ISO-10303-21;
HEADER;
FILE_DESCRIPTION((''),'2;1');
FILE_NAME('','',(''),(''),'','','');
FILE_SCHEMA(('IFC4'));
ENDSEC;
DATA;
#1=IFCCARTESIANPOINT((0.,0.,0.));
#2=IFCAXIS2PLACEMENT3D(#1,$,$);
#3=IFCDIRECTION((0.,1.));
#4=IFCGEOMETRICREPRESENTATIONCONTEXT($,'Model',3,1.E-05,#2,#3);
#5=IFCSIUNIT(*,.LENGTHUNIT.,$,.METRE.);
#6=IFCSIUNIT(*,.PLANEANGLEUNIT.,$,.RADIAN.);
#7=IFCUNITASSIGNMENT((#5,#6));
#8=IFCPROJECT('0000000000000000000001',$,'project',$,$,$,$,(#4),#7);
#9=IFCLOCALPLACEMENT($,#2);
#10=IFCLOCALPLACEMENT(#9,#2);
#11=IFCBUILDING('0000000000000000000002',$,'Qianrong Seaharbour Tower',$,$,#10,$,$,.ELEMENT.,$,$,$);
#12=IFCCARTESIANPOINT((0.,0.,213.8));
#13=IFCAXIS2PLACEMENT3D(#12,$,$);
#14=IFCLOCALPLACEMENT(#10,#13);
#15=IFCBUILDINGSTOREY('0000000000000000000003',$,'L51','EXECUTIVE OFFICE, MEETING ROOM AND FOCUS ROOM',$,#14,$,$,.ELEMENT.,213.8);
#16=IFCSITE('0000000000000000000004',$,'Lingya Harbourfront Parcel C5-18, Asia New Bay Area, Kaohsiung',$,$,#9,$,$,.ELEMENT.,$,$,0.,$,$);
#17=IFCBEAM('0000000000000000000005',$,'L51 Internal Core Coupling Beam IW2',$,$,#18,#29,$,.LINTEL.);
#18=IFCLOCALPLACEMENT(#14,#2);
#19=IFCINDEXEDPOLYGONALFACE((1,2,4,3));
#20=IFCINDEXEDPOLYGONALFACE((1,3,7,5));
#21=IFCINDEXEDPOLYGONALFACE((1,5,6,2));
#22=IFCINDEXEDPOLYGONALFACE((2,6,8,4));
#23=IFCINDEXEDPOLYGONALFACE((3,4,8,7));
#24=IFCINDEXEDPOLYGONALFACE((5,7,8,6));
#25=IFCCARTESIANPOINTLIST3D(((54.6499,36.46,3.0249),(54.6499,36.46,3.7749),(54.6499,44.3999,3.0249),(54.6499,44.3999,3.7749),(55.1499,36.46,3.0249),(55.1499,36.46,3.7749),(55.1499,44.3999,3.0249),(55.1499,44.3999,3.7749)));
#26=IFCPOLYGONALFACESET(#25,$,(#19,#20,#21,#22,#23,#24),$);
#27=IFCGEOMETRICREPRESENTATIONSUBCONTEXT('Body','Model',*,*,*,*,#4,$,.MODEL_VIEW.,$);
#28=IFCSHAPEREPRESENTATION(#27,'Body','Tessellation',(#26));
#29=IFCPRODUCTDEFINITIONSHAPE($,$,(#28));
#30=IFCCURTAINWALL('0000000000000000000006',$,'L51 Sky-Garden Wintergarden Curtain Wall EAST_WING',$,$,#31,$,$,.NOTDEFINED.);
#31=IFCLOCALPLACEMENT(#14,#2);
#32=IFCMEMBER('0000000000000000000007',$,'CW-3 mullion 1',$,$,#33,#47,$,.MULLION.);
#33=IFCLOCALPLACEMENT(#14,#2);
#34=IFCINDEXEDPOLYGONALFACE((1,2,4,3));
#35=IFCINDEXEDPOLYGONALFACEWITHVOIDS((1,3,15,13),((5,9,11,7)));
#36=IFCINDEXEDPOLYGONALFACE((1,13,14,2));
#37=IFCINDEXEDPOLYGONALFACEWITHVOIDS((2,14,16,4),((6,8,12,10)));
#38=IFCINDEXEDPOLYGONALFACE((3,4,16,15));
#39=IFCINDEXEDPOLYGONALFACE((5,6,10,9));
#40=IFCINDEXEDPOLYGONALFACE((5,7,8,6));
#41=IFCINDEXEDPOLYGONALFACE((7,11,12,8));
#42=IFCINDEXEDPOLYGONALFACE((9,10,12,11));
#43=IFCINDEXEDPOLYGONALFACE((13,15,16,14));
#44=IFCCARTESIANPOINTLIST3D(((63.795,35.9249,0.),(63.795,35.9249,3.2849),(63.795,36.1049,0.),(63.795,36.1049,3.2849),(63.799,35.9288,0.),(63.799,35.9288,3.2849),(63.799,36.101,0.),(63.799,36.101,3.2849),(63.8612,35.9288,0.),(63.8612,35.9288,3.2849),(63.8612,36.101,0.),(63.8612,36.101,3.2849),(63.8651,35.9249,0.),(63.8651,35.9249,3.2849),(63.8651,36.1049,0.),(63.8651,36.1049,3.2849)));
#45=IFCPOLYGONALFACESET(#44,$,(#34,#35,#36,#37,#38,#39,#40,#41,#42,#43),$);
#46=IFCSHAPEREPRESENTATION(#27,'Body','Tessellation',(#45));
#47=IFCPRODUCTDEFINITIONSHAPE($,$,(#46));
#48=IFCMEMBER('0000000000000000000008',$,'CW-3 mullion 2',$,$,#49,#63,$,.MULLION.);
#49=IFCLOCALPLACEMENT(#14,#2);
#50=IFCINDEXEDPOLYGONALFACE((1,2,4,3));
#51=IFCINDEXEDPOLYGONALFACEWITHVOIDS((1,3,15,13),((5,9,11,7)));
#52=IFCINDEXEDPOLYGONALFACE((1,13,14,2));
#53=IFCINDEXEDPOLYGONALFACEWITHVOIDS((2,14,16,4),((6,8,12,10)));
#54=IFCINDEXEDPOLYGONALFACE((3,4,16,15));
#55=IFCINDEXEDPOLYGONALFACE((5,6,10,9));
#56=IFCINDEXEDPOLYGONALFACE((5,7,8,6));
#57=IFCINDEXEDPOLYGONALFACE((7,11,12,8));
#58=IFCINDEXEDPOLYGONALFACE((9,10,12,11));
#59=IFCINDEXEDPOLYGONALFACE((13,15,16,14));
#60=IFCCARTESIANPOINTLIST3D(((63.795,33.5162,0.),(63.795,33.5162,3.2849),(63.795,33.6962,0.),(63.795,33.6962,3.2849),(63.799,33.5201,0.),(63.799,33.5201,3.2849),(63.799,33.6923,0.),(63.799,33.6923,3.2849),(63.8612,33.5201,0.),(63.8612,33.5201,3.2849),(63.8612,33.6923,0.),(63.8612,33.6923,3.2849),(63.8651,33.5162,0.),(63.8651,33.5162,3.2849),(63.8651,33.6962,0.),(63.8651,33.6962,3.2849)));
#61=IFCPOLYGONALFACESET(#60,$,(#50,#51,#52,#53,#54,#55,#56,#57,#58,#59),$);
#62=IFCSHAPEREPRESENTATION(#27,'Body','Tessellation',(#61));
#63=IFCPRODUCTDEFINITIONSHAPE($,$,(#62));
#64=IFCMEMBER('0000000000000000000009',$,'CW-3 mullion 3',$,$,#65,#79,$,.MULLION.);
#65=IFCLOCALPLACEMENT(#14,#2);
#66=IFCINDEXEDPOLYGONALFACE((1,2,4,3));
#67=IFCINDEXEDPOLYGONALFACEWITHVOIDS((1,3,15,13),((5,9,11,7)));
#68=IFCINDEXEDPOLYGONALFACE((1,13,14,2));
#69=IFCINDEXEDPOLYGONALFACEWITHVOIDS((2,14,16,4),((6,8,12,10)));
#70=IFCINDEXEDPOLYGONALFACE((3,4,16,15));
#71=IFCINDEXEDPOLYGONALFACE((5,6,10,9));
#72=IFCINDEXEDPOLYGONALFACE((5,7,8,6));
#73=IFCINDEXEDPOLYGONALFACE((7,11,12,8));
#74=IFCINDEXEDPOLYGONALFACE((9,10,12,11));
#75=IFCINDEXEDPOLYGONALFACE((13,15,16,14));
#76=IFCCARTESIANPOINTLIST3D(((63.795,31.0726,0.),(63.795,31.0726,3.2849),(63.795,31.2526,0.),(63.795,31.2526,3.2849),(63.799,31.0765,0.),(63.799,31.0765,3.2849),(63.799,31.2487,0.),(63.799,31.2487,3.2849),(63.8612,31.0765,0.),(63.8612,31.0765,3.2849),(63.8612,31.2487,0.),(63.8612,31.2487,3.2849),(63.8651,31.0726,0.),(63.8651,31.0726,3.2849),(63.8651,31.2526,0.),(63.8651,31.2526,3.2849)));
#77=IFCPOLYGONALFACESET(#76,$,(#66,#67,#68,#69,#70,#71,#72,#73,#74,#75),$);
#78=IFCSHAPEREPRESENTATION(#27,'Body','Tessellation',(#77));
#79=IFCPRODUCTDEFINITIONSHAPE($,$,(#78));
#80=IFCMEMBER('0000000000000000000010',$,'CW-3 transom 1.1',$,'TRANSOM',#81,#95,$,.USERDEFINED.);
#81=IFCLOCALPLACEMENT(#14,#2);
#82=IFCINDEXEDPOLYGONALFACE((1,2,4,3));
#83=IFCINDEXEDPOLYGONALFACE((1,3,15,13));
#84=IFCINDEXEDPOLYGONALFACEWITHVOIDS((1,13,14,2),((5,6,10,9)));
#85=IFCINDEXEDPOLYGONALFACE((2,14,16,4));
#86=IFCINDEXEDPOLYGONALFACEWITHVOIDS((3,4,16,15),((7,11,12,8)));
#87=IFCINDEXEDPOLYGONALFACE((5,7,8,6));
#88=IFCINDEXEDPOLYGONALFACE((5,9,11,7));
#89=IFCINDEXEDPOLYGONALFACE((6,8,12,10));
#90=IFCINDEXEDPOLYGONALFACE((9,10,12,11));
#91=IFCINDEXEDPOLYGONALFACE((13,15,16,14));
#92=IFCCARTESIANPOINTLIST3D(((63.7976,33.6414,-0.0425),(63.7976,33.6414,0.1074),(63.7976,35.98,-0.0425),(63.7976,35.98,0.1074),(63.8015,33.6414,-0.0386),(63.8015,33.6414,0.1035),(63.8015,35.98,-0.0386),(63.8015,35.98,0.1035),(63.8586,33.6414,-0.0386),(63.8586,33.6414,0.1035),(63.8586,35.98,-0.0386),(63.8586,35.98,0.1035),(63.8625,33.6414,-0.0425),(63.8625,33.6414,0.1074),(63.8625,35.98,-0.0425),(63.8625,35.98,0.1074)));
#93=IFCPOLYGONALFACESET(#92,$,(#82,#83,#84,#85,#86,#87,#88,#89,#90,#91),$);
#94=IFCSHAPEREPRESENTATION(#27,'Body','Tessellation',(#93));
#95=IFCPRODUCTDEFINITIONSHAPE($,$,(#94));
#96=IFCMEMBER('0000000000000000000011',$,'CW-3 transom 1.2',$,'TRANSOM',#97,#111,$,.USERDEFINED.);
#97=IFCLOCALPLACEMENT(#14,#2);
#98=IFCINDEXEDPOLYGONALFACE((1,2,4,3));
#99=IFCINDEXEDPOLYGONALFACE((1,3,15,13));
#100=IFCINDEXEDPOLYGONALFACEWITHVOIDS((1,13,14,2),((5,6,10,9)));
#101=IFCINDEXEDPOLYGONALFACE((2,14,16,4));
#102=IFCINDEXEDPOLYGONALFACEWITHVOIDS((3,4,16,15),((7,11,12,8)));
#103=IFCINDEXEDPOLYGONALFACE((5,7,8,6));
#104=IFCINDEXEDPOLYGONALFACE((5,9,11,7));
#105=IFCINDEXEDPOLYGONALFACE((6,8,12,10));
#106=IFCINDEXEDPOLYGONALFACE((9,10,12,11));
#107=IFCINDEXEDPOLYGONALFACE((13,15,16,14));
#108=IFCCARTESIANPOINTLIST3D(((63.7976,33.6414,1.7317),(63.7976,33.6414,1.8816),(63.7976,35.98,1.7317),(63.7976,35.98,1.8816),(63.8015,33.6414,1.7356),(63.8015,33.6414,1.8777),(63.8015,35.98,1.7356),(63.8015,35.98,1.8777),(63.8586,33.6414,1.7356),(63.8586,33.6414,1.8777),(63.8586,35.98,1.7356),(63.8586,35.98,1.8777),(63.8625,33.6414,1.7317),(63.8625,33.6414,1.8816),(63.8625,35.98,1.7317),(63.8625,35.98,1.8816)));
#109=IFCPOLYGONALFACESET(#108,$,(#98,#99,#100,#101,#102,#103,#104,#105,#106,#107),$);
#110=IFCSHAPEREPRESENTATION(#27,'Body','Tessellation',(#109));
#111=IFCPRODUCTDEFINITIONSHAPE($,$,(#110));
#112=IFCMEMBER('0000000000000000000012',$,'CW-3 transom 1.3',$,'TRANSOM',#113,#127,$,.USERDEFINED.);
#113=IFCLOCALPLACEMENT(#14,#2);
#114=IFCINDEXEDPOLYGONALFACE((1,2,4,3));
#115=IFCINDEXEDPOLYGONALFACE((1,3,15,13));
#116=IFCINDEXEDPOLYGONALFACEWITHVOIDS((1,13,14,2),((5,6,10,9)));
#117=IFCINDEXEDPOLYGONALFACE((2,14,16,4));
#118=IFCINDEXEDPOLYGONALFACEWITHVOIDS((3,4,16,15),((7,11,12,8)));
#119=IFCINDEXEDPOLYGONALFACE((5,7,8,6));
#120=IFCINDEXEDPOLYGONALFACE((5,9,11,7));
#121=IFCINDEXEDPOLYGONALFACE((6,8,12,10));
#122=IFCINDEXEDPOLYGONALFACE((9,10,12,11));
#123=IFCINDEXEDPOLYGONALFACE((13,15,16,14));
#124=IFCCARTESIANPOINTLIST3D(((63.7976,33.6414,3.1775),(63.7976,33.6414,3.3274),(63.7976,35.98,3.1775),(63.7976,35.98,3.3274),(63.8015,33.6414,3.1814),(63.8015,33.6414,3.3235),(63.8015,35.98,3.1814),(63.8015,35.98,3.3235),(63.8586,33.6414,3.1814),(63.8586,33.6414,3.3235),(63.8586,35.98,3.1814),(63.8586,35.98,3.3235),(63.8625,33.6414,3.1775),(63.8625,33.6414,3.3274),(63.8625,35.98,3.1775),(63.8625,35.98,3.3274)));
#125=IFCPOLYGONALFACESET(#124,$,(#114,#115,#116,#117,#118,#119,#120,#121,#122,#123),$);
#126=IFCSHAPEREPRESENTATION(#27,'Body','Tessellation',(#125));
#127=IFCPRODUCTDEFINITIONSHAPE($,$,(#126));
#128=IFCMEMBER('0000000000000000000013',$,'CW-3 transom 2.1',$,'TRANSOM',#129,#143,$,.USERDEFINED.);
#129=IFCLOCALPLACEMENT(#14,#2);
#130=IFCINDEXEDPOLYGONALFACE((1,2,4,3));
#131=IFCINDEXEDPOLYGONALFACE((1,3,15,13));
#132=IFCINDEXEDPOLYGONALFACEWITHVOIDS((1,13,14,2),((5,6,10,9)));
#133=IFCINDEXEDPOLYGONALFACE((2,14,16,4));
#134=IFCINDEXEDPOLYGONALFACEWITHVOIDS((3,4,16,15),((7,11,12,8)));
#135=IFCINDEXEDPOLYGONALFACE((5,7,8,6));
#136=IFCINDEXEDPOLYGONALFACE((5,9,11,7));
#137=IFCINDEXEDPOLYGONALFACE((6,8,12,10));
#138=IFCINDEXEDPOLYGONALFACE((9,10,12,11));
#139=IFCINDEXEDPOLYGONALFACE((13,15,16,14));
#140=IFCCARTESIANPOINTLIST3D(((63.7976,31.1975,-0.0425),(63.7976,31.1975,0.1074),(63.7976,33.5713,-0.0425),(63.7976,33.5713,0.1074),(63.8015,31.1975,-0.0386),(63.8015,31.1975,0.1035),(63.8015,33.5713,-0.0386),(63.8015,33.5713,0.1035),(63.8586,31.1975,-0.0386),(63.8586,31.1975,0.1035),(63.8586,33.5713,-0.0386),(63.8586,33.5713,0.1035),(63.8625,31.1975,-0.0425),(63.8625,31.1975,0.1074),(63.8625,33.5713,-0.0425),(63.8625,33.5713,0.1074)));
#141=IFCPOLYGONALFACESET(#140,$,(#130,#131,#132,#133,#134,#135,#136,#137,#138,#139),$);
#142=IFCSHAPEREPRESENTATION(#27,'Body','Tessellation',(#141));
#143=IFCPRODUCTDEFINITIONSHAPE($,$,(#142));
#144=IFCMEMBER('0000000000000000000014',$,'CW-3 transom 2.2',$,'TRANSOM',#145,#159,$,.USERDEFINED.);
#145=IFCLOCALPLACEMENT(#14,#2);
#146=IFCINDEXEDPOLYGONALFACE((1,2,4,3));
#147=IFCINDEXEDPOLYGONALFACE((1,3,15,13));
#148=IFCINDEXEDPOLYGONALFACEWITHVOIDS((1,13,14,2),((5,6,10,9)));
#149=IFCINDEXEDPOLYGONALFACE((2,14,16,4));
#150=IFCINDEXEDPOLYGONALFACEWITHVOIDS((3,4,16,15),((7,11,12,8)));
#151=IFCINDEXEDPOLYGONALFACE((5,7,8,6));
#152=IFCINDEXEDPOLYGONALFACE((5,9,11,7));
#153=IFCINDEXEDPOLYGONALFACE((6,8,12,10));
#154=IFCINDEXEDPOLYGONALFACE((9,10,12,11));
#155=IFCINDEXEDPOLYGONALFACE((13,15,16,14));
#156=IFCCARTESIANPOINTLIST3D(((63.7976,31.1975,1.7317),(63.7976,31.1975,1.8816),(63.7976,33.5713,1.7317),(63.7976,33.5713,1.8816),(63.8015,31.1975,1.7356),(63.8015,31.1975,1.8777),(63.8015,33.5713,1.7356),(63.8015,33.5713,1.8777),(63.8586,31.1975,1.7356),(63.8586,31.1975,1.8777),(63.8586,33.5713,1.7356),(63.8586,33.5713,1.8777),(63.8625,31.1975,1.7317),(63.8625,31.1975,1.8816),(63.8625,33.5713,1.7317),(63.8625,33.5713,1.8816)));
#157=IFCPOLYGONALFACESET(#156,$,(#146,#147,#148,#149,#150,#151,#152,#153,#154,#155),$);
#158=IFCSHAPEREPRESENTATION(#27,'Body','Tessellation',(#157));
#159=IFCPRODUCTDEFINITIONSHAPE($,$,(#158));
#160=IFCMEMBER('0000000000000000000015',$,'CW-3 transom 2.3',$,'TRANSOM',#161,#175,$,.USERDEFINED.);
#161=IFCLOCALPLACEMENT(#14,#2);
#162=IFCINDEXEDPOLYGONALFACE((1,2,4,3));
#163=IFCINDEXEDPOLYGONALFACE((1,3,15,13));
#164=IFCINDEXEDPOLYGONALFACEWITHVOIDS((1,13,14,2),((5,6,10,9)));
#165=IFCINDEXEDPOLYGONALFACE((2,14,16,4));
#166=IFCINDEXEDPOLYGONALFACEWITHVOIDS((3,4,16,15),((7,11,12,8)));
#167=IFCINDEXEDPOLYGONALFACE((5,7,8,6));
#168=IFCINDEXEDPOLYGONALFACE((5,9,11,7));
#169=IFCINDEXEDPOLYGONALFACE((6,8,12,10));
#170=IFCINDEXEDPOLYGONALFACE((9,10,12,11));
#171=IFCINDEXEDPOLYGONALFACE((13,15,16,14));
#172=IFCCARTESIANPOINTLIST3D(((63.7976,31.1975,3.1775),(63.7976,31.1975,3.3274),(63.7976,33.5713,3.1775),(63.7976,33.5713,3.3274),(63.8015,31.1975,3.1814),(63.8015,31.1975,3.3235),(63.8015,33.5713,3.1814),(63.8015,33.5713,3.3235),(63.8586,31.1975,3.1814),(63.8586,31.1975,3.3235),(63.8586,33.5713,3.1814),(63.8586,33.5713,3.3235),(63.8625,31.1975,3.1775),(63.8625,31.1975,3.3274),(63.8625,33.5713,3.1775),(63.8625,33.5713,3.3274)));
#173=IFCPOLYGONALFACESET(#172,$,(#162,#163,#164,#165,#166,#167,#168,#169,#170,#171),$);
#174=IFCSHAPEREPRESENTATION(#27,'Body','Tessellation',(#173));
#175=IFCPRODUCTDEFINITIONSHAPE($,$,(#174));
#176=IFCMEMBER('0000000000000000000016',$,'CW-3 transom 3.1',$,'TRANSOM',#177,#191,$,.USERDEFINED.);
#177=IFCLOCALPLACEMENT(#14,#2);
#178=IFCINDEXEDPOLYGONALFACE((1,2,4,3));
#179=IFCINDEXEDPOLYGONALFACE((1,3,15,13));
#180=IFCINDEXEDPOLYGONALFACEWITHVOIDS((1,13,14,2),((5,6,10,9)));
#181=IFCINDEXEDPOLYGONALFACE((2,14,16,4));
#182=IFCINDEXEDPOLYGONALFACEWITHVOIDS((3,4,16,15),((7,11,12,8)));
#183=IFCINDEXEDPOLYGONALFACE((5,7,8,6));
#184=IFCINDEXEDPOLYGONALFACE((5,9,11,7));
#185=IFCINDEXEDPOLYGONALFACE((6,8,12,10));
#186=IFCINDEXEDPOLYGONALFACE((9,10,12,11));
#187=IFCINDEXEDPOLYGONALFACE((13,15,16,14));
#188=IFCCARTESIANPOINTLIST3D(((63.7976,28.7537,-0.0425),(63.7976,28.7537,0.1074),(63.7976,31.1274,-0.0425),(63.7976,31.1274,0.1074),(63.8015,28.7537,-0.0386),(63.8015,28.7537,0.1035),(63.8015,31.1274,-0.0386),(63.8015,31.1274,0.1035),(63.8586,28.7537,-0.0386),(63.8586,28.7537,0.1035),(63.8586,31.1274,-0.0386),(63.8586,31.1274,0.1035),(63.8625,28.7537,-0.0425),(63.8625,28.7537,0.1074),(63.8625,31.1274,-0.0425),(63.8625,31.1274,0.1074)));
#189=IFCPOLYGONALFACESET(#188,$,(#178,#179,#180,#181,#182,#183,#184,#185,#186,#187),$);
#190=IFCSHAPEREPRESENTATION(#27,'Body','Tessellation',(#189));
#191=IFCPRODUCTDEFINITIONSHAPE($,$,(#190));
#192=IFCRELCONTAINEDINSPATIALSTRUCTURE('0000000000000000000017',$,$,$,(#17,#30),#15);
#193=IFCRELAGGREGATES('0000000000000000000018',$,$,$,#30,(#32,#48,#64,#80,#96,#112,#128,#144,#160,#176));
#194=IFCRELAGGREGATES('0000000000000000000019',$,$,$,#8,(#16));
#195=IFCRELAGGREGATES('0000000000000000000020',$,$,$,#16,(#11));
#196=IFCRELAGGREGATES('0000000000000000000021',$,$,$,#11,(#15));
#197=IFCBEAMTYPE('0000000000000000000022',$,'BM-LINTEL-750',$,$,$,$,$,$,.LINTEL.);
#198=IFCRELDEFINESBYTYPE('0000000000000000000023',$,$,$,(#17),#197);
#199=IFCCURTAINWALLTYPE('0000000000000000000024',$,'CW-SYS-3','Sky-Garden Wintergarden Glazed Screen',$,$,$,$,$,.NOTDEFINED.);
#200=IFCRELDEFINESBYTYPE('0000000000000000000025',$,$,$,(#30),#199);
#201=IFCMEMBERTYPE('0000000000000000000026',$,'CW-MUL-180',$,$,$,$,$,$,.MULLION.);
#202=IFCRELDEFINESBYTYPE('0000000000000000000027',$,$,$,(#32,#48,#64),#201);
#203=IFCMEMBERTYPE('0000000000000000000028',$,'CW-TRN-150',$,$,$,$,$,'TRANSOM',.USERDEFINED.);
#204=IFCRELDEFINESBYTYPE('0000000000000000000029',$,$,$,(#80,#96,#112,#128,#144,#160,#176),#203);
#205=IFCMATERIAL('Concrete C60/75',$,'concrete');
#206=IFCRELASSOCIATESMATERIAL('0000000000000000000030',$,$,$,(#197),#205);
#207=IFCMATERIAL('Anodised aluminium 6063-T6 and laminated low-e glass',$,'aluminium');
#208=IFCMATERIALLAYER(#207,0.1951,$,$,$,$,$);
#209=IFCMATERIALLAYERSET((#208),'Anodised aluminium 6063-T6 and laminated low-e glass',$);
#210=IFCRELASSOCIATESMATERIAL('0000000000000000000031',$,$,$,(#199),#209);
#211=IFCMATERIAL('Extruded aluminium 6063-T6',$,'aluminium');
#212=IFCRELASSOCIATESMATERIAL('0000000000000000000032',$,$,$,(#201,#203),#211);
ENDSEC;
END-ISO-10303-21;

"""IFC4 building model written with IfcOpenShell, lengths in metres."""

from ifc_helpers import new_model, si_unit, direction, frame, origin, origin_2d, place, context, subcontext, project, spatial, rectangle, hollow_rectangle, extrude, material, layer, layer_set, material_profile, profile_set, type_object, element, aggregate, save


model = new_model("IFC4")

# Units and contexts
model_context = context("Model", 3, precision=1e-05, world=origin(), true_north=direction((0.0, 1.0)))
body_context = subcontext(model_context, "Body", "Model", "MODEL_VIEW")
ifc_project = project(units=[si_unit("LENGTHUNIT", "METRE"), si_unit("PLANEANGLEUNIT", "RADIAN")], contexts=[model_context])

# Site, building, storey
site_placement = place(None, origin())
site = spatial("IfcSite", under=ifc_project, at=site_placement, Name="Lingya Harbourfront Parcel C5-18, Asia New Bay Area, Kaohsiung", CompositionType="ELEMENT", RefElevation=0.0)
building_placement = place(site_placement, origin())
building = spatial("IfcBuilding", under=site, at=building_placement, Name="Qianrong Seaharbour Tower", CompositionType="ELEMENT")
storey_placement = place(building_placement, frame((0.0, 0.0, 213.8)))
storey = spatial("IfcBuildingStorey", under=building, at=storey_placement, Name="L51", Description="EXECUTIVE OFFICE, MEETING ROOM AND FOCUS ROOM", CompositionType="ELEMENT", Elevation=213.8)

# Beam
ifc_material_1 = material(Name="Concrete C60/75", Category="concrete")
ifc_material_profile_1 = material_profile(ifc_material_1, rectangle(XDim=0.5, YDim=0.75, at=origin_2d()), Name="RC500x750")
ifc_profile_set_1 = profile_set([ifc_material_profile_1], Name="Concrete C60/75")
beam_type_1 = type_object("IfcBeamType", Name="BM-LINTEL-750", PredefinedType="LINTEL", material=ifc_profile_set_1)
for number, where, z_axis, x_axis, name in (
    (1, (54.8999, 36.46, 3.3999), (0.0, 1.0, 0.0), (-1.0, 0.0, 0.0), "L51 Internal Core Coupling Beam IW2"),
):
    element("IfcBeam", number, at=place(storey_placement, frame(where, z_axis=z_axis, x_axis=x_axis)), inside=storey, type_object=beam_type_1, Name=name, PredefinedType="LINTEL", context=body_context, shape_type="SweptSolid", body=[
        extrude(rectangle(XDim=0.5, YDim=0.75, at=origin_2d()), origin(), (0.0, 0.0, 1.0), 7.9399),
    ])

# Curtain wall, members
ifc_material_2 = material(Name="Anodised aluminium 6063-T6 and laminated low-e glass", Category="aluminium")
ifc_layer_1 = layer(ifc_material_2, 0.1951)
ifc_layer_set_1 = layer_set([ifc_layer_1], Name="Anodised aluminium 6063-T6 and laminated low-e glass")
curtain_wall_type = type_object("IfcCurtainWallType", Name="CW-SYS-3", Description="Sky-Garden Wintergarden Glazed Screen", PredefinedType="NOTDEFINED", material=ifc_layer_set_1)
curtain_wall_placement = place(storey_placement, origin())
curtain_wall = element("IfcCurtainWall", 2, at=curtain_wall_placement, inside=storey, type_object=curtain_wall_type, Name="L51 Sky-Garden Wintergarden Curtain Wall EAST_WING", PredefinedType="NOTDEFINED")
ifc_material_3 = material(Name="Extruded aluminium 6063-T6", Category="aluminium")
ifc_material_profile_2 = material_profile(ifc_material_3, hollow_rectangle(XDim=0.0701, YDim=0.1799, WallThickness=0.0039, at=origin_2d()), Name="ALU-MUL-180x70x4")
ifc_profile_set_2 = profile_set([ifc_material_profile_2], Name="Extruded aluminium 6063-T6")
member_type_1 = type_object("IfcMemberType", Name="CW-MUL-180", PredefinedType="MULLION", material=ifc_profile_set_2)
member_1_placement = place(storey_placement, frame((63.8301, 36.0149, 0.0), z_axis=(0.0, 0.0, 1.0), x_axis=(1.0, 0.0, 0.0)))
member_1 = element("IfcMember", 3, at=member_1_placement, type_object=member_type_1, Name="CW-3 mullion 1", PredefinedType="MULLION", context=body_context, shape_type="SweptSolid", body=[
    extrude(hollow_rectangle(XDim=0.0701, YDim=0.1799, WallThickness=0.0039, at=origin_2d()), origin(), (0.0, 0.0, 1.0), 3.2849),
])
member_2_placement = place(storey_placement, frame((63.8301, 33.6062, 0.0), z_axis=(0.0, 0.0, 1.0), x_axis=(1.0, 0.0, 0.0)))
member_2 = element("IfcMember", 4, at=member_2_placement, type_object=member_type_1, Name="CW-3 mullion 2", PredefinedType="MULLION", context=body_context, shape_type="SweptSolid", body=[
    extrude(hollow_rectangle(XDim=0.0701, YDim=0.1799, WallThickness=0.0039, at=origin_2d()), origin(), (0.0, 0.0, 1.0), 3.2849),
])
member_3_placement = place(storey_placement, frame((63.8301, 31.1626, 0.0), z_axis=(0.0, 0.0, 1.0), x_axis=(1.0, 0.0, 0.0)))
member_3 = element("IfcMember", 5, at=member_3_placement, type_object=member_type_1, Name="CW-3 mullion 3", PredefinedType="MULLION", context=body_context, shape_type="SweptSolid", body=[
    extrude(hollow_rectangle(XDim=0.0701, YDim=0.1799, WallThickness=0.0039, at=origin_2d()), origin(), (0.0, 0.0, 1.0), 3.2849),
])
ifc_material_profile_3 = material_profile(ifc_material_3, hollow_rectangle(XDim=0.0649, YDim=0.1499, WallThickness=0.0039, at=origin_2d()), Name="ALU-TRN-150x65x4")
ifc_profile_set_3 = profile_set([ifc_material_profile_3], Name="Extruded aluminium 6063-T6")
member_type_2 = type_object("IfcMemberType", Name="CW-TRN-150", ElementType="TRANSOM", PredefinedType="USERDEFINED", material=ifc_profile_set_3)
member_4_placement = place(storey_placement, frame((63.8301, 35.98, 0.0325), z_axis=(0.0, -1.0, 0.0), x_axis=(1.0, 0.0, 0.0)))
member_4 = element("IfcMember", 6, at=member_4_placement, type_object=member_type_2, Name="CW-3 transom 1.1", ObjectType="TRANSOM", PredefinedType="USERDEFINED", context=body_context, shape_type="SweptSolid", body=[
    extrude(hollow_rectangle(XDim=0.0649, YDim=0.1499, WallThickness=0.0039, at=origin_2d()), origin(), (0.0, 0.0, 1.0), 2.3386),
])
member_5_placement = place(storey_placement, frame((63.8301, 35.98, 1.8066), z_axis=(0.0, -1.0, 0.0), x_axis=(1.0, 0.0, 0.0)))
member_5 = element("IfcMember", 7, at=member_5_placement, type_object=member_type_2, Name="CW-3 transom 1.2", ObjectType="TRANSOM", PredefinedType="USERDEFINED", context=body_context, shape_type="SweptSolid", body=[
    extrude(hollow_rectangle(XDim=0.0649, YDim=0.1499, WallThickness=0.0039, at=origin_2d()), origin(), (0.0, 0.0, 1.0), 2.3386),
])
member_6_placement = place(storey_placement, frame((63.8301, 35.98, 3.2524), z_axis=(0.0, -1.0, 0.0), x_axis=(1.0, 0.0, 0.0)))
member_6 = element("IfcMember", 8, at=member_6_placement, type_object=member_type_2, Name="CW-3 transom 1.3", ObjectType="TRANSOM", PredefinedType="USERDEFINED", context=body_context, shape_type="SweptSolid", body=[
    extrude(hollow_rectangle(XDim=0.0649, YDim=0.1499, WallThickness=0.0039, at=origin_2d()), origin(), (0.0, 0.0, 1.0), 2.3386),
])
member_7_placement = place(storey_placement, frame((63.8301, 33.5713, 0.0325), z_axis=(0.0, -1.0, 0.0), x_axis=(1.0, 0.0, 0.0)))
member_7 = element("IfcMember", 9, at=member_7_placement, type_object=member_type_2, Name="CW-3 transom 2.1", ObjectType="TRANSOM", PredefinedType="USERDEFINED", context=body_context, shape_type="SweptSolid", body=[
    extrude(hollow_rectangle(XDim=0.0649, YDim=0.1499, WallThickness=0.0039, at=origin_2d()), origin(), (0.0, 0.0, 1.0), 2.3738),
])
member_8_placement = place(storey_placement, frame((63.8301, 33.5713, 1.8066), z_axis=(0.0, -1.0, 0.0), x_axis=(1.0, 0.0, 0.0)))
member_8 = element("IfcMember", 10, at=member_8_placement, type_object=member_type_2, Name="CW-3 transom 2.2", ObjectType="TRANSOM", PredefinedType="USERDEFINED", context=body_context, shape_type="SweptSolid", body=[
    extrude(hollow_rectangle(XDim=0.0649, YDim=0.1499, WallThickness=0.0039, at=origin_2d()), origin(), (0.0, 0.0, 1.0), 2.3738),
])
member_9_placement = place(storey_placement, frame((63.8301, 33.5713, 3.2524), z_axis=(0.0, -1.0, 0.0), x_axis=(1.0, 0.0, 0.0)))
member_9 = element("IfcMember", 11, at=member_9_placement, type_object=member_type_2, Name="CW-3 transom 2.3", ObjectType="TRANSOM", PredefinedType="USERDEFINED", context=body_context, shape_type="SweptSolid", body=[
    extrude(hollow_rectangle(XDim=0.0649, YDim=0.1499, WallThickness=0.0039, at=origin_2d()), origin(), (0.0, 0.0, 1.0), 2.3738),
])
member_10_placement = place(storey_placement, frame((63.8301, 31.1274, 0.0325), z_axis=(0.0, -1.0, 0.0), x_axis=(1.0, 0.0, 0.0)))
member_10 = element("IfcMember", 12, at=member_10_placement, type_object=member_type_2, Name="CW-3 transom 3.1", ObjectType="TRANSOM", PredefinedType="USERDEFINED", context=body_context, shape_type="SweptSolid", body=[
    extrude(hollow_rectangle(XDim=0.0649, YDim=0.1499, WallThickness=0.0039, at=origin_2d()), origin(), (0.0, 0.0, 1.0), 2.3738),
])
aggregate(curtain_wall, [member_1, member_2, member_3, member_4, member_5, member_6, member_7, member_8, member_9, member_10])

save(model, "model.ifc")
